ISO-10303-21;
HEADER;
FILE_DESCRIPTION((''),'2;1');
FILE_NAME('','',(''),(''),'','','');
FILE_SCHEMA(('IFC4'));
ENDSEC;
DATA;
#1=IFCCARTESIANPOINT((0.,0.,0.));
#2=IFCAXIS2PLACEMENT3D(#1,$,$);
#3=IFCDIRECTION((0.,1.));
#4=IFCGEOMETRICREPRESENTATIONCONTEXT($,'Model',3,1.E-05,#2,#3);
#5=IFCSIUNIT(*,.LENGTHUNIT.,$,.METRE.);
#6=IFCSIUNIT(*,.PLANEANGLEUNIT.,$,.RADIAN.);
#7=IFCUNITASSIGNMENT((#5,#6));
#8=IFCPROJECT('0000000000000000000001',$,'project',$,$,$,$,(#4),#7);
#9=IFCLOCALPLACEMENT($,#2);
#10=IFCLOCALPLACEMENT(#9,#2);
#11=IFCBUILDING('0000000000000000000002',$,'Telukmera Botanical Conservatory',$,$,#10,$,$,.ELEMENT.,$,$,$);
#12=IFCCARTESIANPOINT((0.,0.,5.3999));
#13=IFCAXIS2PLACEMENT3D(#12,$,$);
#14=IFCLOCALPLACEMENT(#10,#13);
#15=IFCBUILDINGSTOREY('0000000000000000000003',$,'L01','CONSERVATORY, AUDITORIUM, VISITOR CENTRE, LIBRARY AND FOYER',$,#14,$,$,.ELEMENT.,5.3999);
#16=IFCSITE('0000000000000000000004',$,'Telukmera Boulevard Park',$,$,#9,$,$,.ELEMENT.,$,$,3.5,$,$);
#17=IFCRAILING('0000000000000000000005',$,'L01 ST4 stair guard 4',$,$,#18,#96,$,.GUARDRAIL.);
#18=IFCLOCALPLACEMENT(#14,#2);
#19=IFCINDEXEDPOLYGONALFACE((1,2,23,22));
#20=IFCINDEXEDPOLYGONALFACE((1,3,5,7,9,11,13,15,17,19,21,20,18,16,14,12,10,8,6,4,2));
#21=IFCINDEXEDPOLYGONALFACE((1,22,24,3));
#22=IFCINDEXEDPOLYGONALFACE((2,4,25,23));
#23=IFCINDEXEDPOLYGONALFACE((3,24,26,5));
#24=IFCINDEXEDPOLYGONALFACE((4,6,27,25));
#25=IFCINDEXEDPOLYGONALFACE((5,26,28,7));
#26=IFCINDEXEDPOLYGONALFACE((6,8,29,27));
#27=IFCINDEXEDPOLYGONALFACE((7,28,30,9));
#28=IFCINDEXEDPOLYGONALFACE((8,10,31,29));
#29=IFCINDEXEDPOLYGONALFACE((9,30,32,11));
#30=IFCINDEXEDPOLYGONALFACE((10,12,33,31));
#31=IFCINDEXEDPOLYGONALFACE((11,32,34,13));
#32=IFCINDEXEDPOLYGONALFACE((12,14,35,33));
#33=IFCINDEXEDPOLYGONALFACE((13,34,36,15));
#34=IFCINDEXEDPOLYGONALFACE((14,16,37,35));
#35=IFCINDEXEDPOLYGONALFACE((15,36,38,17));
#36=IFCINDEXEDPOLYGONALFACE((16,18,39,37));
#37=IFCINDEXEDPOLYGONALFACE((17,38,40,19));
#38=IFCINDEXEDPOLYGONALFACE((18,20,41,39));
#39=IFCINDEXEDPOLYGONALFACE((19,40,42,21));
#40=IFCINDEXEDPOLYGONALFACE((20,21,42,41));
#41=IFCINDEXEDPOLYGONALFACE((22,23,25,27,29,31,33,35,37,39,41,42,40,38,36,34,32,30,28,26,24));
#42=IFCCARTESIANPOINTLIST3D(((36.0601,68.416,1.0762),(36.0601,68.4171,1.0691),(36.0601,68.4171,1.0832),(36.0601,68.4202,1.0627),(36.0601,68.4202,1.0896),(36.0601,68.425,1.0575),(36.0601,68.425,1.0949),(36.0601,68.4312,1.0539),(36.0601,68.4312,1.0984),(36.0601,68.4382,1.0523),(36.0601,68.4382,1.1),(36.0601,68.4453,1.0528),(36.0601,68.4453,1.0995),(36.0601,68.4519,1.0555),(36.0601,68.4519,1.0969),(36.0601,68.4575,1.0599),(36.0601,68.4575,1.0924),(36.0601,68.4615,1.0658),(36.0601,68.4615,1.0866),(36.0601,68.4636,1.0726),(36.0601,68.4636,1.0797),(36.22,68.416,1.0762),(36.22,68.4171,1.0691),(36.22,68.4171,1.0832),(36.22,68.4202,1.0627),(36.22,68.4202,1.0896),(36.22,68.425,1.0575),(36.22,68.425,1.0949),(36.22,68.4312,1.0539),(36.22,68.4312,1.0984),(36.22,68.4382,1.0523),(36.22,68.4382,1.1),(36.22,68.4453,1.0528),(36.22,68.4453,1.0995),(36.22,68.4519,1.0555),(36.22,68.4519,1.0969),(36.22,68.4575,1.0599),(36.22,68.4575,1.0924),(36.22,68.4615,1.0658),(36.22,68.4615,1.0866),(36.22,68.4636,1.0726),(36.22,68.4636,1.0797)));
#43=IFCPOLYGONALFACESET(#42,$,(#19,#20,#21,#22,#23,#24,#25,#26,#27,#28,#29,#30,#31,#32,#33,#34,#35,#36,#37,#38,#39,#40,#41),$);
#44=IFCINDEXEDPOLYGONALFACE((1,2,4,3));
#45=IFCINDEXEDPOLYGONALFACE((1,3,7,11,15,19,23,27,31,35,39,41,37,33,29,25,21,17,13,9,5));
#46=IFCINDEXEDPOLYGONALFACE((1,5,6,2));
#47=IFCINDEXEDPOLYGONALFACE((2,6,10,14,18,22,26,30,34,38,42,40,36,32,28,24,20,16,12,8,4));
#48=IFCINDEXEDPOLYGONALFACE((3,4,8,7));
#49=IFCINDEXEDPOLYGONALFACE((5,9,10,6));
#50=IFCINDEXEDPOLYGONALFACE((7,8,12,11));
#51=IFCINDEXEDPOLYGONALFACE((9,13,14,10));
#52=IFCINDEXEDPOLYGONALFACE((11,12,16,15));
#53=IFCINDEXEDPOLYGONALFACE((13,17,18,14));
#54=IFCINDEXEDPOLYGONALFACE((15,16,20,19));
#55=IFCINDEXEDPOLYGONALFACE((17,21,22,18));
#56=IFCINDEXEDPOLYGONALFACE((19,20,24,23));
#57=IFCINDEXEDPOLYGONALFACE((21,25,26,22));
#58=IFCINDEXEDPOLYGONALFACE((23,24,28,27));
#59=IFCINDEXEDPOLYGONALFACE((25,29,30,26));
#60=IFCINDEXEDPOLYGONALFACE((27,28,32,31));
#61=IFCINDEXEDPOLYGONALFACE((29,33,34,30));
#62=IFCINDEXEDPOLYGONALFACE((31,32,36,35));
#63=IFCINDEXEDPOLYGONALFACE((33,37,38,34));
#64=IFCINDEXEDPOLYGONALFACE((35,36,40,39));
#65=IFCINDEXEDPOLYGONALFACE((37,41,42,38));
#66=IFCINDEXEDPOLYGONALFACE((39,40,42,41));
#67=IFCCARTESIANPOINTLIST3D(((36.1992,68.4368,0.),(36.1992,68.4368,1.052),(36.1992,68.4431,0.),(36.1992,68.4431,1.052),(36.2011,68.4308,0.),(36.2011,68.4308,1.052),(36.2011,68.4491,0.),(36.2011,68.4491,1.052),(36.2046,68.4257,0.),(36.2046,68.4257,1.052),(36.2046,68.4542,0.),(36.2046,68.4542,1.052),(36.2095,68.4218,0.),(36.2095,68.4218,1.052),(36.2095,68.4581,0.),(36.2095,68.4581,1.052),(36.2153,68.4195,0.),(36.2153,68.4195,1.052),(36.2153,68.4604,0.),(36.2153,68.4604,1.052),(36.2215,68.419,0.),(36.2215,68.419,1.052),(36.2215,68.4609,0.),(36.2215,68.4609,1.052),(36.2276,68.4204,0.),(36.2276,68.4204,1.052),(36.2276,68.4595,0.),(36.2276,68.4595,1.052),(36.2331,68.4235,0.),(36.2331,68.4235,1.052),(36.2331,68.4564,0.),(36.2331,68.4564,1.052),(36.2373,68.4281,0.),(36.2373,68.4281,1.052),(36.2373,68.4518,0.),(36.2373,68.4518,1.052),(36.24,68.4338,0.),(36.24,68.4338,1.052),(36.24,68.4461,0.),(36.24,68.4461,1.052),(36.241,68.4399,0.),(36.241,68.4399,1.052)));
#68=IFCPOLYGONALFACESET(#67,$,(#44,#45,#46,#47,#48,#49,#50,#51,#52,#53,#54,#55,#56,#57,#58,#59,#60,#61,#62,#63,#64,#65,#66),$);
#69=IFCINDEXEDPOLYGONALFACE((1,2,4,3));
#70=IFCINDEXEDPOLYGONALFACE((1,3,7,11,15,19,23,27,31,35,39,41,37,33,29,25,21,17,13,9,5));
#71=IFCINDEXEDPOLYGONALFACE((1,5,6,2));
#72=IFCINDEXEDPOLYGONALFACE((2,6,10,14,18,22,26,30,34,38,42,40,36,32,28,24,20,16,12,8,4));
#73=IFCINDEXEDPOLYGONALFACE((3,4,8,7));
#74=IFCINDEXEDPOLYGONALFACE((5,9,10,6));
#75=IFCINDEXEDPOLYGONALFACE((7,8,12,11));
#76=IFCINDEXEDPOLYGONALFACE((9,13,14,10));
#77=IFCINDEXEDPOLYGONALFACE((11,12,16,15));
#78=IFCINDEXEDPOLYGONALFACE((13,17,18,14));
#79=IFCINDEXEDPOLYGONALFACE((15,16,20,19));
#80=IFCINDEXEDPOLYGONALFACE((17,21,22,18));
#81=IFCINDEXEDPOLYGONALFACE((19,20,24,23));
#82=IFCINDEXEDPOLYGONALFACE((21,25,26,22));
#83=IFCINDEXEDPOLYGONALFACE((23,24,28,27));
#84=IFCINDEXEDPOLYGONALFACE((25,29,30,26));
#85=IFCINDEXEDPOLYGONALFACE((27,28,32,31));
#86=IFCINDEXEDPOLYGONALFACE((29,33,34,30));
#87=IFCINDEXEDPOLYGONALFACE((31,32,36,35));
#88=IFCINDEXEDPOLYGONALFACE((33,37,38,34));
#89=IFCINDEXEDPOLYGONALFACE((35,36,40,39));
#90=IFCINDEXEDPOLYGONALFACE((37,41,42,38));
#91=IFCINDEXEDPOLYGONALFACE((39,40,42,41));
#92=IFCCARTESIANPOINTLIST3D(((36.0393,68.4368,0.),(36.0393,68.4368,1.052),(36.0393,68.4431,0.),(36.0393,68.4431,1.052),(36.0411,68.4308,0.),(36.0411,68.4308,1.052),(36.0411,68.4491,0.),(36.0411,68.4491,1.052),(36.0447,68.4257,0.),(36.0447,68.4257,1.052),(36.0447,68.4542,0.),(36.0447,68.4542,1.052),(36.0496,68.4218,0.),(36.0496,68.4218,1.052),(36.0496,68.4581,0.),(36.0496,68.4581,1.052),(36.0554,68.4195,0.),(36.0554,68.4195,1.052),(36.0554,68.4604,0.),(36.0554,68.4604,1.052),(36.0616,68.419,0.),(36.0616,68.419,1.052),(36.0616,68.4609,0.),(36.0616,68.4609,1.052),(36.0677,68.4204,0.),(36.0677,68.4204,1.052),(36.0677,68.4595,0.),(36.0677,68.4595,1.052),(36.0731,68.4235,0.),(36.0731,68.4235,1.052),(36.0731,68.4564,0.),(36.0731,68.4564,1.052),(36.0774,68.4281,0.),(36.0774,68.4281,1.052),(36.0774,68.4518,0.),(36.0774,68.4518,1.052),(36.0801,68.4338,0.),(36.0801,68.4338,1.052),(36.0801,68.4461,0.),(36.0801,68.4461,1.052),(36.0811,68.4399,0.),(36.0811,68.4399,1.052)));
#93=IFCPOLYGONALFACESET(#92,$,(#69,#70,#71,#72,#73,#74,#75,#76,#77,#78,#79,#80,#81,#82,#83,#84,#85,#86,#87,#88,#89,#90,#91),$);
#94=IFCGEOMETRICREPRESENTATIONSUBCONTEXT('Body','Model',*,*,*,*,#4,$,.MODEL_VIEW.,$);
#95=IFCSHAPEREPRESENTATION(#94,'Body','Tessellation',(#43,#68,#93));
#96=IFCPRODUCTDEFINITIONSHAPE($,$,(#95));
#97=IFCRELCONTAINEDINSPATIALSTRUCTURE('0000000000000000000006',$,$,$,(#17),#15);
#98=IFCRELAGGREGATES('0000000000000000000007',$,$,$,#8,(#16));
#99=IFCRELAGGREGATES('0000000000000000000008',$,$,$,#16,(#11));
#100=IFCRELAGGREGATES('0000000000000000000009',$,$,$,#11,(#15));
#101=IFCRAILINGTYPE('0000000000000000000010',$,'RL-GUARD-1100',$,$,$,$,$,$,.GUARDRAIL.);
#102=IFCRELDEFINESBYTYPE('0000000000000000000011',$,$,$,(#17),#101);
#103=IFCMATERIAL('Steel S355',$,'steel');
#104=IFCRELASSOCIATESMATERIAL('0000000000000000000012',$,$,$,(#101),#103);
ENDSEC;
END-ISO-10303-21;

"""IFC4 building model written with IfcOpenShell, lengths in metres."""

from ifc_helpers import new_model, si_unit, direction, frame, origin, origin_2d, place, context, subcontext, project, spatial, circle, extrude, material, type_object, element, save


model = new_model("IFC4")

# Units and contexts
model_context = context("Model", 3, precision=1e-05, world=origin(), true_north=direction((0.0, 1.0)))
body_context = subcontext(model_context, "Body", "Model", "MODEL_VIEW")
ifc_project = project(units=[si_unit("LENGTHUNIT", "METRE"), si_unit("PLANEANGLEUNIT", "RADIAN")], contexts=[model_context])

# Site, building, storey
site_placement = place(None, origin())
site = spatial("IfcSite", under=ifc_project, at=site_placement, Name="Telukmera Boulevard Park", CompositionType="ELEMENT", RefElevation=3.5)
building_placement = place(site_placement, origin())
building = spatial("IfcBuilding", under=site, at=building_placement, Name="Telukmera Botanical Conservatory", CompositionType="ELEMENT")
storey_placement = place(building_placement, frame((0.0, 0.0, 5.3999)))
storey = spatial("IfcBuildingStorey", under=building, at=storey_placement, Name="L01", Description="CONSERVATORY, AUDITORIUM, VISITOR CENTRE, LIBRARY AND FOYER", CompositionType="ELEMENT", Elevation=5.3999)

# Railing
ifc_material_1 = material(Name="Steel S355", Category="steel")
railing_type_1 = type_object("IfcRailingType", Name="RL-GUARD-1100", PredefinedType="GUARDRAIL", material=ifc_material_1)
railing_1_placement = place(storey_placement, frame((36.22, 68.4399, 0.0)))
element("IfcRailing", 1, at=railing_1_placement, inside=storey, type_object=railing_type_1, Name="L01 ST4 stair guard 4", PredefinedType="GUARDRAIL", context=body_context, shape_type="SweptSolid", body=[
    extrude(circle(Radius=0.0239, at=origin_2d()), frame((0.0, 0.0, 1.0762), z_axis=(-1.0, 0.0, 0.0), x_axis=(0.0, -1.0, 0.0)), (0.0, 0.0, 1.0), 0.1599),
    extrude(circle(Radius=0.021, at=origin_2d()), origin(), (0.0, 0.0, 1.0), 1.052),
    extrude(circle(Radius=0.021, at=origin_2d()), frame((-0.1599, 0.0, 0.0)), (0.0, 0.0, 1.0), 1.052),
])

save(model, "model.ifc")
